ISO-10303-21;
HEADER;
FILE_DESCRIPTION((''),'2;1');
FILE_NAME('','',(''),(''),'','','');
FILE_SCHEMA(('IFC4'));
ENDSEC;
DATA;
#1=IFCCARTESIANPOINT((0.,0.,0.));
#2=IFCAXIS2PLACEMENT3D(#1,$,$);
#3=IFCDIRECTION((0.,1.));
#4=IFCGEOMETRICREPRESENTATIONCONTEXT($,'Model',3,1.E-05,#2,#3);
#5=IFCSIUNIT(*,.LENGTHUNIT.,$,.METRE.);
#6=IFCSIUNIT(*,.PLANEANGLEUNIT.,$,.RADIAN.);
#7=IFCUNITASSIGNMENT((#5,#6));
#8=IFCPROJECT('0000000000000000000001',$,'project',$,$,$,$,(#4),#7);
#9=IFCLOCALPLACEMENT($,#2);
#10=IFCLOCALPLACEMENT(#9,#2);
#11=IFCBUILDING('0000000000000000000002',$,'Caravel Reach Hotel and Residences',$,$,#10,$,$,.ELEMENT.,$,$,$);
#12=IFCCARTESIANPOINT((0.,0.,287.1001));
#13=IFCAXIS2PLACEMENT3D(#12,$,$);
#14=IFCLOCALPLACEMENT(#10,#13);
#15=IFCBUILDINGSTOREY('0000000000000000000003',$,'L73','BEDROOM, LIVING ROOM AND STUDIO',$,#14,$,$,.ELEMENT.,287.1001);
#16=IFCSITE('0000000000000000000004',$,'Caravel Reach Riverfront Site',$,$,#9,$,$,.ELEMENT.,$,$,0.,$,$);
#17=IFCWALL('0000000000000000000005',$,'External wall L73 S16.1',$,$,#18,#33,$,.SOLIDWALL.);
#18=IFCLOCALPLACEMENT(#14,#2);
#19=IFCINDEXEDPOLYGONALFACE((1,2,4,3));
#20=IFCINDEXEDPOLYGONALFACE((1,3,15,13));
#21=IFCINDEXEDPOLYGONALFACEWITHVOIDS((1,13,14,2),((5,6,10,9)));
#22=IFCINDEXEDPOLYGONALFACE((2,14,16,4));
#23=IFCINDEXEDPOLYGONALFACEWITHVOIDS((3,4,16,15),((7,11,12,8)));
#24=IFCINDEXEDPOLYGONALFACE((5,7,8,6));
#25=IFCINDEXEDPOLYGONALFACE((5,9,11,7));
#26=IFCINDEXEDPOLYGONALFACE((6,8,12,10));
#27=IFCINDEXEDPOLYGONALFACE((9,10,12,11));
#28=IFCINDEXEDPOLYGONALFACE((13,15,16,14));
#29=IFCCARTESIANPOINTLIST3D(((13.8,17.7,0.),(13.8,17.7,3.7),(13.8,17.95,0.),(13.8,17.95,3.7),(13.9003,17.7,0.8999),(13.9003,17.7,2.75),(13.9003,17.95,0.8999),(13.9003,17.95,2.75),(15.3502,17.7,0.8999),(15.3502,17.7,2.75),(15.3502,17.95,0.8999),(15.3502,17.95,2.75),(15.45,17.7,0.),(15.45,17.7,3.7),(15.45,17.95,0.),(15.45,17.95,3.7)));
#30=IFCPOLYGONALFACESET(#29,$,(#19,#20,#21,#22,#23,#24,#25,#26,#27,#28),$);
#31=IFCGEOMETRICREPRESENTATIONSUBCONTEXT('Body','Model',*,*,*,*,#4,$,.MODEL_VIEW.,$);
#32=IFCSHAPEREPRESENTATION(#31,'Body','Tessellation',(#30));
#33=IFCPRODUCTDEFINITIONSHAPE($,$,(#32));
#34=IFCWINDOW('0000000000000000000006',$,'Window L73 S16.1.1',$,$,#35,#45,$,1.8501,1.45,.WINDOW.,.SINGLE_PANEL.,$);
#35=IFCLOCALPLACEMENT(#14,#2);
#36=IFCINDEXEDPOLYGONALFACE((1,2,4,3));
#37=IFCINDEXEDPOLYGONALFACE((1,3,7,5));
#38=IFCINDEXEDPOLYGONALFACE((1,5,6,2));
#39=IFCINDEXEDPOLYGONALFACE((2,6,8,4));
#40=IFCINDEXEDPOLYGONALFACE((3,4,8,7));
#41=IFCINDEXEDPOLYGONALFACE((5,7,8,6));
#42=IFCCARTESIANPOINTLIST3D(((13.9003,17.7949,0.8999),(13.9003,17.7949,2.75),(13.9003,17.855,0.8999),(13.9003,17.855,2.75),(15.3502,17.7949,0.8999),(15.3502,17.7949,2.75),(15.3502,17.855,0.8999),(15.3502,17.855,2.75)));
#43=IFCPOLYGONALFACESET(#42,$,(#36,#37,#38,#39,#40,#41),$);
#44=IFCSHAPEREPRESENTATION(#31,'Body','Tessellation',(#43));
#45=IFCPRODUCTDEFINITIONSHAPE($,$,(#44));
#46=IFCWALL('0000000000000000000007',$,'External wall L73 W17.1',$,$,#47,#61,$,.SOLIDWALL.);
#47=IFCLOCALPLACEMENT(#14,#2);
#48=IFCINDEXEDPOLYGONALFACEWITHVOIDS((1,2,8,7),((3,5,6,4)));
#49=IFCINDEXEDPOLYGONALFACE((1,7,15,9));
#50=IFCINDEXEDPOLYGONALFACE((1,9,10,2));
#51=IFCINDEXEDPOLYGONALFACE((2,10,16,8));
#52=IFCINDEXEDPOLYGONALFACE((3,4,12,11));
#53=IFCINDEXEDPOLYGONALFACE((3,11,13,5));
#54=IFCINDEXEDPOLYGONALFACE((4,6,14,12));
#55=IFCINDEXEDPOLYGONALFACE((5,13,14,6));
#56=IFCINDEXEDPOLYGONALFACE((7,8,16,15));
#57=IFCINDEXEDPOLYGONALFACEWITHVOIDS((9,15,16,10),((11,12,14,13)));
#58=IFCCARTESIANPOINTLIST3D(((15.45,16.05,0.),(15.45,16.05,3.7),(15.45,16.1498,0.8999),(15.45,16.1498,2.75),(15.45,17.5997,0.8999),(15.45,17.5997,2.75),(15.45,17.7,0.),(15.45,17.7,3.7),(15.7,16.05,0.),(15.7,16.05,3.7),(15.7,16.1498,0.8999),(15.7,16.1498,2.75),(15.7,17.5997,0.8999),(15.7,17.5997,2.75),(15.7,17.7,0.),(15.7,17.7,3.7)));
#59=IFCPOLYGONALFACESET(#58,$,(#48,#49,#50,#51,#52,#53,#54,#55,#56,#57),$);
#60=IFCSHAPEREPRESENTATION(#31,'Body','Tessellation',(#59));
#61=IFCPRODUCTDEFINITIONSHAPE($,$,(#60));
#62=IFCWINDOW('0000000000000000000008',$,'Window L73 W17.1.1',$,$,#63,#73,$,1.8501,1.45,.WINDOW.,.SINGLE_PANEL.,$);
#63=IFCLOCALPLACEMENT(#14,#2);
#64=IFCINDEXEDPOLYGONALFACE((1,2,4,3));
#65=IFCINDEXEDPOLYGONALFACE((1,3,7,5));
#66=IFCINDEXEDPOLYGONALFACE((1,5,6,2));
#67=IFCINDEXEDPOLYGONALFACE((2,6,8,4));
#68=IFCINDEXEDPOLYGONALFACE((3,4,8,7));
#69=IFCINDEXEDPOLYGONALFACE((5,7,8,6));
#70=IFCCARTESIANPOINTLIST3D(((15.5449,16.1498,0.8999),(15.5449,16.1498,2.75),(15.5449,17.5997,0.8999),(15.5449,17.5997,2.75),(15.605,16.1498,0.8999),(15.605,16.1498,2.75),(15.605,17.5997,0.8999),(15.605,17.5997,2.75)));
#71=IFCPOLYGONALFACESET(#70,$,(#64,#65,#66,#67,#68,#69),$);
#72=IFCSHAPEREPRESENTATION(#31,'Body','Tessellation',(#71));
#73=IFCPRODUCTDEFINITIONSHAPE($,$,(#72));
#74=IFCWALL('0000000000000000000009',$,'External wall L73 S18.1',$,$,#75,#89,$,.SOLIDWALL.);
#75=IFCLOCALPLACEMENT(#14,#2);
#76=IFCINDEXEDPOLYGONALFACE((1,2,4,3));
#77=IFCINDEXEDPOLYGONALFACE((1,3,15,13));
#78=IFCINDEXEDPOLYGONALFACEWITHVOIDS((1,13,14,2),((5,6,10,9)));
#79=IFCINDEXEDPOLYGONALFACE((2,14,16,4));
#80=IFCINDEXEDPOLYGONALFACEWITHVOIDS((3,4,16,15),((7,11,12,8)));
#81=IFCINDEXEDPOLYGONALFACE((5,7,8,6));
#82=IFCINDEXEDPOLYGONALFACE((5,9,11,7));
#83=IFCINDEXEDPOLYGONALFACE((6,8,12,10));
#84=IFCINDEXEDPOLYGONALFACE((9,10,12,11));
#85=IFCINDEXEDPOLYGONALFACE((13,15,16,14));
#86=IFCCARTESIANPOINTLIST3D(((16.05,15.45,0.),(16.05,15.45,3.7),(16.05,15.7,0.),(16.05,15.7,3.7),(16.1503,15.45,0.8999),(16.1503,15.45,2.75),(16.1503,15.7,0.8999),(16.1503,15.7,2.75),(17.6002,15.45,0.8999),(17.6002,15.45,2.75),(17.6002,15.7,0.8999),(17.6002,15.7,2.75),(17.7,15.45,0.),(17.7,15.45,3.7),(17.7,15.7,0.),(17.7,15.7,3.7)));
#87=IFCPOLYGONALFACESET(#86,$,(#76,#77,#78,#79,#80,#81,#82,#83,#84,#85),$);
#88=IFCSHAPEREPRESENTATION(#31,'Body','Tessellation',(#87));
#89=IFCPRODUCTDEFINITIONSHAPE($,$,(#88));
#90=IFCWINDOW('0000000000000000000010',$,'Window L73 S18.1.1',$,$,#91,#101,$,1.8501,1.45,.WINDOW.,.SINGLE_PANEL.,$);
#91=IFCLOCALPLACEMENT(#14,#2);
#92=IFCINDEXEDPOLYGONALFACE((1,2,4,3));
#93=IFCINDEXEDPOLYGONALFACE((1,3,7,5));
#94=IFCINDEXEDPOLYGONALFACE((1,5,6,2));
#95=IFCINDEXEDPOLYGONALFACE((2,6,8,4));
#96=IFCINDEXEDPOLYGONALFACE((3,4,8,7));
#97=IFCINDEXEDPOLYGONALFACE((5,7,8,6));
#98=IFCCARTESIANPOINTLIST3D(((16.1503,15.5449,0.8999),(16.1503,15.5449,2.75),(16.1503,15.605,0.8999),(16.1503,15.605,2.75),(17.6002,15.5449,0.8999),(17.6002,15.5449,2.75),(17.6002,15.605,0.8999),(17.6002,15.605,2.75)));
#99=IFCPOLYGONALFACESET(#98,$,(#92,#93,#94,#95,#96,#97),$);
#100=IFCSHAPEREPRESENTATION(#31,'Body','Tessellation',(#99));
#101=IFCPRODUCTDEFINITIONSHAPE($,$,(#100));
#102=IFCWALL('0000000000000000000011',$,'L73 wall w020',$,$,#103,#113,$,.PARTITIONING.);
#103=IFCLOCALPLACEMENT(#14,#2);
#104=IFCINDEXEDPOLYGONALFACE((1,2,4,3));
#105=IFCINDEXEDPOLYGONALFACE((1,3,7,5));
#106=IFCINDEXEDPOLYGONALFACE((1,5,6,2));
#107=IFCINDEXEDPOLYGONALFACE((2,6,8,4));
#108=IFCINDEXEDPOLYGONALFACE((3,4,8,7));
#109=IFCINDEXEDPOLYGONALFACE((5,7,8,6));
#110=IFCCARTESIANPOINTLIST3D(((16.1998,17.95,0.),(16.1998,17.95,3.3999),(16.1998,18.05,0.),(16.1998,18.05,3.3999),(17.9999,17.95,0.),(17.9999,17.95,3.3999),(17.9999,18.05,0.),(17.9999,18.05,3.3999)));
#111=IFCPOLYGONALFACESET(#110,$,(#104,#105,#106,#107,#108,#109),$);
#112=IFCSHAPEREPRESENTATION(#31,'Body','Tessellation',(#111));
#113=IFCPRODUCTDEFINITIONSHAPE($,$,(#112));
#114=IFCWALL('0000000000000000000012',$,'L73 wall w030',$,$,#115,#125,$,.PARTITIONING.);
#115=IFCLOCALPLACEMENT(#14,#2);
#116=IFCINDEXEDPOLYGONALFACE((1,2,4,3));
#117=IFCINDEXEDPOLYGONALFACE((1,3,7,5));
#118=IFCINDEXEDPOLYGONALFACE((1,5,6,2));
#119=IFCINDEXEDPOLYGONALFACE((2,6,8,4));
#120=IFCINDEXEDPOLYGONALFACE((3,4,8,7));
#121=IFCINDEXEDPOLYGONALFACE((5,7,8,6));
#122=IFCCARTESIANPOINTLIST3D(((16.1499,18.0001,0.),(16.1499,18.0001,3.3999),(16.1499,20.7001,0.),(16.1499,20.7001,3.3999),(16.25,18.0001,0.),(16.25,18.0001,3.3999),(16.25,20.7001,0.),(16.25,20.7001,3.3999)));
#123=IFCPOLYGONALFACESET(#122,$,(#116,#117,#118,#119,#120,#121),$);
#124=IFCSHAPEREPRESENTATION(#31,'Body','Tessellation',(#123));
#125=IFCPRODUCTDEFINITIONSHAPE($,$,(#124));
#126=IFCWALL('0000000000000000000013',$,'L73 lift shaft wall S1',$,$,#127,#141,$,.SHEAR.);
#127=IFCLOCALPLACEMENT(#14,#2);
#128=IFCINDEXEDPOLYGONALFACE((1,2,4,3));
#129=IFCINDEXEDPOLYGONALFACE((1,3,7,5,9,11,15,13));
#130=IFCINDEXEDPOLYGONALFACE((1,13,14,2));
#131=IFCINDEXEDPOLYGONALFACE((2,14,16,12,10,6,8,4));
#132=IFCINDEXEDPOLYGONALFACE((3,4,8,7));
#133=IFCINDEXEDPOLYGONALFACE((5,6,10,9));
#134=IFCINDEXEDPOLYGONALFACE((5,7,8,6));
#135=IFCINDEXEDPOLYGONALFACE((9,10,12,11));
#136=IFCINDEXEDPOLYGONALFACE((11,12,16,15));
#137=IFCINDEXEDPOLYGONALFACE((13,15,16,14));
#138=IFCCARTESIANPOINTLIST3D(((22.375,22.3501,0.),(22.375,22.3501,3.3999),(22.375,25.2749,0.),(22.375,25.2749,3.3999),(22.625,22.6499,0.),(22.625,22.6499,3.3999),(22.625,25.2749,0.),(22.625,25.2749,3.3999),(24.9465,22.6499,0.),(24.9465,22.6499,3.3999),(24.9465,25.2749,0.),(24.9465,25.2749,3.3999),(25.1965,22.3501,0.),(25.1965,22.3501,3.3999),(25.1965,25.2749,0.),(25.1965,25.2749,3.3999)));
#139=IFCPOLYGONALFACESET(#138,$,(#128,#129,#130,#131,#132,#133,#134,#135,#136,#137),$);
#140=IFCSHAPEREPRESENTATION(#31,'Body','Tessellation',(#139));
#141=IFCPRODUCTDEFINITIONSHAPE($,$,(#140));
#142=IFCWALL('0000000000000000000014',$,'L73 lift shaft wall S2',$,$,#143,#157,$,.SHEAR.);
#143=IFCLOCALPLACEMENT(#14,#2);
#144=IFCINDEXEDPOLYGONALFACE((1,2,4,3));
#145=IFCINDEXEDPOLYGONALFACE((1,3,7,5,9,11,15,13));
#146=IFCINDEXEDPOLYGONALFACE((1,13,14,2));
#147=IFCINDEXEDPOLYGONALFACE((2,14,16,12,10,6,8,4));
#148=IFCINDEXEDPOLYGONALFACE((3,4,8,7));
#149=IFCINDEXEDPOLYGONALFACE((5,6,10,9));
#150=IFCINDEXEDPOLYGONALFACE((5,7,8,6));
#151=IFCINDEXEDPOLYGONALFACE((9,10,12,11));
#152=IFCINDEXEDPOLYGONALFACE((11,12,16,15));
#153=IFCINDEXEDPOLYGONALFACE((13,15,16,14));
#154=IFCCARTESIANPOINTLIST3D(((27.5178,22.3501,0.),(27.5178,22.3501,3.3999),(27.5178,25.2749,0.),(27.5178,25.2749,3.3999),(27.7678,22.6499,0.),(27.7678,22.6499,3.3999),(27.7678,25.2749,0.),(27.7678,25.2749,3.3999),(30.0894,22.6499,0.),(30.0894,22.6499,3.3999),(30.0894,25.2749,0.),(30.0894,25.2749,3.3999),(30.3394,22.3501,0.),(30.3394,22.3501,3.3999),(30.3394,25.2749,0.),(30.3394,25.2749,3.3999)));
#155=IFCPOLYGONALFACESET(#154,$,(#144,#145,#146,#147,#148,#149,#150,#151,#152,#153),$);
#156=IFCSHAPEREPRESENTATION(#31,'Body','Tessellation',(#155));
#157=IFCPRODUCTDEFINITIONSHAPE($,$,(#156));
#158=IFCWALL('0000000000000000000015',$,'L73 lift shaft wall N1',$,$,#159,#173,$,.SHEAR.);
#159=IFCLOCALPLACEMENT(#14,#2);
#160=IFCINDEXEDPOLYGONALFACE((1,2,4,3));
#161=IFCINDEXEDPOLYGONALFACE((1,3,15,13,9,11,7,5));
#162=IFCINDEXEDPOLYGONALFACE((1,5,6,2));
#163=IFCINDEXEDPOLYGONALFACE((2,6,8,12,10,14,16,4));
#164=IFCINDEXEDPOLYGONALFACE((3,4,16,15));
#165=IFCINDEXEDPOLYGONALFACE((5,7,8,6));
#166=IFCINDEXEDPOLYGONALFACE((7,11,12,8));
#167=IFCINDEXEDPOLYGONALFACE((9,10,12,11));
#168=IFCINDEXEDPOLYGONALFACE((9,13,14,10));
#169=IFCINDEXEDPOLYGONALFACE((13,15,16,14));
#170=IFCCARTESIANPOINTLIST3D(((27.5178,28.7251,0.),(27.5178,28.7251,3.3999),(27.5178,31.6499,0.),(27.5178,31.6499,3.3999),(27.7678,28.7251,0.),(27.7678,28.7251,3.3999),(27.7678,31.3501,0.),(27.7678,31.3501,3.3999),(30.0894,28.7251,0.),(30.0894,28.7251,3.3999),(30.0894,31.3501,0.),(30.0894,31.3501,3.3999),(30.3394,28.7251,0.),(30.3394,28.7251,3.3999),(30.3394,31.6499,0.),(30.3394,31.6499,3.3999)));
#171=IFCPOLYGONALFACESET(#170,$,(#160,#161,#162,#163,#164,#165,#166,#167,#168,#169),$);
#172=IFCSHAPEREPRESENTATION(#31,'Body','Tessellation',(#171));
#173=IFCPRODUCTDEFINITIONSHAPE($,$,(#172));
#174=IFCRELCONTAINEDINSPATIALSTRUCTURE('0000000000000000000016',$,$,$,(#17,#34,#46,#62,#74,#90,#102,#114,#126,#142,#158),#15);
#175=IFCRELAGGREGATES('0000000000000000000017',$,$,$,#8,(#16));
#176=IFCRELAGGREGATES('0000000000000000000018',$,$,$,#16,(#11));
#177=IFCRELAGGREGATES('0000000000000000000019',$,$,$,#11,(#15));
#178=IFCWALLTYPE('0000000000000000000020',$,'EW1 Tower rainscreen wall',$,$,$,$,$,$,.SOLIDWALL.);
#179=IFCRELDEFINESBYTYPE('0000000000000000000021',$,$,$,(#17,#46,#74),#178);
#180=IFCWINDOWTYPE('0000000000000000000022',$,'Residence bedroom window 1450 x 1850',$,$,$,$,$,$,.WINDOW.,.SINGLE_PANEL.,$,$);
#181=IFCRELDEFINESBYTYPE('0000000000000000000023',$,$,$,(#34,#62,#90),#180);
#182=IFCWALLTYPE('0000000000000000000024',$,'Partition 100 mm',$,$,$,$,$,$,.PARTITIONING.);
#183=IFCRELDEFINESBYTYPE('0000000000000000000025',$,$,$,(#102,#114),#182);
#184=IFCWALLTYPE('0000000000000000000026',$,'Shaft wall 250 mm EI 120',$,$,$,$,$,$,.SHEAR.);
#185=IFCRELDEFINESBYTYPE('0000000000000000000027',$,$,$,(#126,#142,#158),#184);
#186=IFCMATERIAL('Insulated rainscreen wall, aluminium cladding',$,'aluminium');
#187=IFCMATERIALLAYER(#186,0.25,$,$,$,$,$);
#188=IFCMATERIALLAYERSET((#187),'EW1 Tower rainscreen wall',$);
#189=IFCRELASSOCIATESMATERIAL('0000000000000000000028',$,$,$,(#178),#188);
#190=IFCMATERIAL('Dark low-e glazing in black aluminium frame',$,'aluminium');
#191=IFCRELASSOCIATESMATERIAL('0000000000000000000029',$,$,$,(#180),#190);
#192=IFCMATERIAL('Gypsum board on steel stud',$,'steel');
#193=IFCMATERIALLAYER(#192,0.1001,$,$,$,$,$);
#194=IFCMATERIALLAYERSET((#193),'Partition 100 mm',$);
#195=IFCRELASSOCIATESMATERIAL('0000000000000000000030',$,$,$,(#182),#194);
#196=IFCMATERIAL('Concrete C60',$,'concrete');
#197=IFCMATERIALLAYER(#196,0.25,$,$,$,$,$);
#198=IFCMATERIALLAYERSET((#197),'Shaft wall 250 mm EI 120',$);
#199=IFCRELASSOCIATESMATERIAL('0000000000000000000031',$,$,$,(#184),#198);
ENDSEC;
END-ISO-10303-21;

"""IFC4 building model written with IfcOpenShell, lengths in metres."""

from ifc_helpers import new_model, si_unit, direction, frame, frame_2d, origin, place, context, subcontext, project, spatial, polyline, rectangle, outline, extrude, material, layer, layer_set, type_object, element, fill, save


model = new_model("IFC4")

# Units and contexts
model_context = context("Model", 3, precision=1e-05, world=origin(), true_north=direction((0.0, 1.0)))
body_context = subcontext(model_context, "Body", "Model", "MODEL_VIEW")
ifc_project = project(units=[si_unit("LENGTHUNIT", "METRE"), si_unit("PLANEANGLEUNIT", "RADIAN")], contexts=[model_context])

# Site, building, storey
site_placement = place(None, origin())
site = spatial("IfcSite", under=ifc_project, at=site_placement, Name="Caravel Reach Riverfront Site", CompositionType="ELEMENT", RefElevation=0.0)
building_placement = place(site_placement, origin())
building = spatial("IfcBuilding", under=site, at=building_placement, Name="Caravel Reach Hotel and Residences", CompositionType="ELEMENT")
storey_placement = place(building_placement, frame((0.0, 0.0, 287.1001)))
storey = spatial("IfcBuildingStorey", under=building, at=storey_placement, Name="L73", Description="BEDROOM, LIVING ROOM AND STUDIO", CompositionType="ELEMENT", Elevation=287.1001)

# Walls, openings, windows
ifc_material_1 = material(Name="Insulated rainscreen wall, aluminium cladding", Category="aluminium")
ifc_layer_1 = layer(ifc_material_1, 0.25)
ifc_layer_set_1 = layer_set([ifc_layer_1], Name="EW1 Tower rainscreen wall")
wall_type_1 = type_object("IfcWallType", Name="EW1 Tower rainscreen wall", PredefinedType="SOLIDWALL", material=ifc_layer_set_1)
wall_1_placement = place(storey_placement, frame((13.8, 17.825, 0.0), z_axis=(0.0, 0.0, 1.0), x_axis=(1.0, 0.0, 0.0)))
wall_1 = element("IfcWall", 1, at=wall_1_placement, inside=storey, type_object=wall_type_1, Name="External wall L73 S16.1", PredefinedType="SOLIDWALL", context=body_context, shape_type="SweptSolid", body=[
    extrude(rectangle(XDim=1.6499, YDim=0.25, at=frame_2d((0.825, 0.0))), origin(), (0.0, 0.0, 1.0), 3.7),
])
opening_1_placement = place(wall_1_placement, frame((0.1001, 0.0, 0.8999)))
opening_1 = element("IfcOpeningElement", 2, at=opening_1_placement, cuts=wall_1, PredefinedType="OPENING", context=body_context, shape_type="SweptSolid", body=[
    extrude(rectangle(XDim=1.45, YDim=1.8501, at=frame_2d((0.7251, 0.925))), frame((0.0, 0.135, 0.0), z_axis=(0.0, -1.0, 0.0), x_axis=(1.0, 0.0, 0.0)), (0.0, 0.0, 1.0), 0.27),
])
ifc_material_2 = material(Name="Dark low-e glazing in black aluminium frame", Category="aluminium")
window_type = type_object("IfcWindowType", Name="Residence bedroom window 1450 x 1850", PartitioningType="SINGLE_PANEL", PredefinedType="WINDOW", material=ifc_material_2)
window_1_placement = place(opening_1_placement, origin())
window_1 = element("IfcWindow", 3, at=window_1_placement, inside=storey, type_object=window_type, Name="Window L73 S16.1.1", OverallHeight=1.8501, OverallWidth=1.45, PartitioningType="SINGLE_PANEL", PredefinedType="WINDOW", context=body_context, shape_type="SweptSolid", body=[
    extrude(rectangle(XDim=1.45, YDim=1.8501, at=frame_2d((0.7251, 0.925))), frame((0.0, 0.03, 0.0), z_axis=(0.0, -1.0, 0.0), x_axis=(1.0, 0.0, 0.0)), (0.0, 0.0, 1.0), 0.0601),
])
fill(opening_1, window_1)
wall_2_placement = place(storey_placement, frame((15.575, 17.7, 0.0), z_axis=(0.0, 0.0, 1.0), x_axis=(0.0, -1.0, 0.0)))
wall_2 = element("IfcWall", 4, at=wall_2_placement, inside=storey, type_object=wall_type_1, Name="External wall L73 W17.1", PredefinedType="SOLIDWALL", context=body_context, shape_type="SweptSolid", body=[
    extrude(rectangle(XDim=1.6499, YDim=0.25, at=frame_2d((0.825, 0.0))), origin(), (0.0, 0.0, 1.0), 3.7),
])
opening_2_placement = place(wall_2_placement, frame((0.1001, 0.0, 0.8999)))
opening_2 = element("IfcOpeningElement", 5, at=opening_2_placement, cuts=wall_2, PredefinedType="OPENING", context=body_context, shape_type="SweptSolid", body=[
    extrude(rectangle(XDim=1.45, YDim=1.8501, at=frame_2d((0.7251, 0.925))), frame((0.0, 0.135, 0.0), z_axis=(0.0, -1.0, 0.0), x_axis=(1.0, 0.0, 0.0)), (0.0, 0.0, 1.0), 0.27),
])
window_2_placement = place(opening_2_placement, origin())
window_2 = element("IfcWindow", 6, at=window_2_placement, inside=storey, type_object=window_type, Name="Window L73 W17.1.1", OverallHeight=1.8501, OverallWidth=1.45, PartitioningType="SINGLE_PANEL", PredefinedType="WINDOW", context=body_context, shape_type="SweptSolid", body=[
    extrude(rectangle(XDim=1.45, YDim=1.8501, at=frame_2d((0.7251, 0.925))), frame((0.0, 0.03, 0.0), z_axis=(0.0, -1.0, 0.0), x_axis=(1.0, 0.0, 0.0)), (0.0, 0.0, 1.0), 0.0601),
])
fill(opening_2, window_2)
wall_3_placement = place(storey_placement, frame((16.05, 15.575, 0.0), z_axis=(0.0, 0.0, 1.0), x_axis=(1.0, 0.0, 0.0)))
wall_3 = element("IfcWall", 7, at=wall_3_placement, inside=storey, type_object=wall_type_1, Name="External wall L73 S18.1", PredefinedType="SOLIDWALL", context=body_context, shape_type="SweptSolid", body=[
    extrude(rectangle(XDim=1.6499, YDim=0.25, at=frame_2d((0.825, 0.0))), origin(), (0.0, 0.0, 1.0), 3.7),
])
opening_3_placement = place(wall_3_placement, frame((0.1001, 0.0, 0.8999)))
opening_3 = element("IfcOpeningElement", 8, at=opening_3_placement, cuts=wall_3, PredefinedType="OPENING", context=body_context, shape_type="SweptSolid", body=[
    extrude(rectangle(XDim=1.45, YDim=1.8501, at=frame_2d((0.7251, 0.925))), frame((0.0, 0.135, 0.0), z_axis=(0.0, -1.0, 0.0), x_axis=(1.0, 0.0, 0.0)), (0.0, 0.0, 1.0), 0.27),
])
window_3_placement = place(opening_3_placement, origin())
window_3 = element("IfcWindow", 9, at=window_3_placement, inside=storey, type_object=window_type, Name="Window L73 S18.1.1", OverallHeight=1.8501, OverallWidth=1.45, PartitioningType="SINGLE_PANEL", PredefinedType="WINDOW", context=body_context, shape_type="SweptSolid", body=[
    extrude(rectangle(XDim=1.45, YDim=1.8501, at=frame_2d((0.7251, 0.925))), frame((0.0, 0.03, 0.0), z_axis=(0.0, -1.0, 0.0), x_axis=(1.0, 0.0, 0.0)), (0.0, 0.0, 1.0), 0.0601),
])
fill(opening_3, window_3)

# Walls
ifc_material_3 = material(Name="Gypsum board on steel stud", Category="steel")
ifc_layer_2 = layer(ifc_material_3, 0.1001)
ifc_layer_set_2 = layer_set([ifc_layer_2], Name="Partition 100 mm")
wall_type_2 = type_object("IfcWallType", Name="Partition 100 mm", PredefinedType="PARTITIONING", material=ifc_layer_set_2)
wall_4_placement = place(storey_placement, frame((16.2, 18.0, 0.0), z_axis=(0.0, 0.0, 1.0), x_axis=(1.0, 0.0, 0.0)))
element("IfcWall", 10, at=wall_4_placement, inside=storey, type_object=wall_type_2, Name="L73 wall w020", PredefinedType="PARTITIONING", context=body_context, shape_type="SweptSolid", body=[
    extrude(rectangle(XDim=1.8, YDim=0.1001, at=frame_2d((0.8999, 0.0))), origin(), (0.0, 0.0, 1.0), 3.3999),
])
wall_5_placement = place(storey_placement, frame((16.2, 18.0, 0.0), z_axis=(0.0, 0.0, 1.0), x_axis=(0.0, 1.0, 0.0)))
element("IfcWall", 11, at=wall_5_placement, inside=storey, type_object=wall_type_2, Name="L73 wall w030", PredefinedType="PARTITIONING", context=body_context, shape_type="SweptSolid", body=[
    extrude(rectangle(XDim=2.7, YDim=0.1001, at=frame_2d((1.3501, 0.0))), origin(), (0.0, 0.0, 1.0), 3.3999),
])
ifc_material_4 = material(Name="Concrete C60", Category="concrete")
ifc_layer_3 = layer(ifc_material_4, 0.25)
ifc_layer_set_3 = layer_set([ifc_layer_3], Name="Shaft wall 250 mm EI 120")
wall_type_3 = type_object("IfcWallType", Name="Shaft wall 250 mm EI 120", PredefinedType="SHEAR", material=ifc_layer_set_3)
wall_6_placement = place(storey_placement, origin())
element("IfcWall", 12, at=wall_6_placement, inside=storey, type_object=wall_type_3, Name="L73 lift shaft wall S1", PredefinedType="SHEAR", context=body_context, shape_type="SweptSolid", body=[
    extrude(outline(polyline([(22.375, 22.3501), (25.1965, 22.3501), (25.1965, 25.2749), (24.9465, 25.2749), (24.9465, 22.6499), (22.625, 22.6499), (22.625, 25.2749), (22.375, 25.2749), (22.375, 22.3501)])), origin(), (0.0, 0.0, 1.0), 3.3999),
])
wall_7_placement = place(storey_placement, origin())
element("IfcWall", 13, at=wall_7_placement, inside=storey, type_object=wall_type_3, Name="L73 lift shaft wall S2", PredefinedType="SHEAR", context=body_context, shape_type="SweptSolid", body=[
    extrude(outline(polyline([(27.5178, 22.3501), (30.3394, 22.3501), (30.3394, 25.2749), (30.0894, 25.2749), (30.0894, 22.6499), (27.7678, 22.6499), (27.7678, 25.2749), (27.5178, 25.2749), (27.5178, 22.3501)])), origin(), (0.0, 0.0, 1.0), 3.3999),
])
wall_8_placement = place(storey_placement, origin())
element("IfcWall", 14, at=wall_8_placement, inside=storey, type_object=wall_type_3, Name="L73 lift shaft wall N1", PredefinedType="SHEAR", context=body_context, shape_type="SweptSolid", body=[
    extrude(outline(polyline([(27.5178, 28.7251), (27.7678, 28.7251), (27.7678, 31.3501), (30.0894, 31.3501), (30.0894, 28.7251), (30.3394, 28.7251), (30.3394, 31.6499), (27.5178, 31.6499), (27.5178, 28.7251)])), origin(), (0.0, 0.0, 1.0), 3.3999),
])

save(model, "model.ifc")
